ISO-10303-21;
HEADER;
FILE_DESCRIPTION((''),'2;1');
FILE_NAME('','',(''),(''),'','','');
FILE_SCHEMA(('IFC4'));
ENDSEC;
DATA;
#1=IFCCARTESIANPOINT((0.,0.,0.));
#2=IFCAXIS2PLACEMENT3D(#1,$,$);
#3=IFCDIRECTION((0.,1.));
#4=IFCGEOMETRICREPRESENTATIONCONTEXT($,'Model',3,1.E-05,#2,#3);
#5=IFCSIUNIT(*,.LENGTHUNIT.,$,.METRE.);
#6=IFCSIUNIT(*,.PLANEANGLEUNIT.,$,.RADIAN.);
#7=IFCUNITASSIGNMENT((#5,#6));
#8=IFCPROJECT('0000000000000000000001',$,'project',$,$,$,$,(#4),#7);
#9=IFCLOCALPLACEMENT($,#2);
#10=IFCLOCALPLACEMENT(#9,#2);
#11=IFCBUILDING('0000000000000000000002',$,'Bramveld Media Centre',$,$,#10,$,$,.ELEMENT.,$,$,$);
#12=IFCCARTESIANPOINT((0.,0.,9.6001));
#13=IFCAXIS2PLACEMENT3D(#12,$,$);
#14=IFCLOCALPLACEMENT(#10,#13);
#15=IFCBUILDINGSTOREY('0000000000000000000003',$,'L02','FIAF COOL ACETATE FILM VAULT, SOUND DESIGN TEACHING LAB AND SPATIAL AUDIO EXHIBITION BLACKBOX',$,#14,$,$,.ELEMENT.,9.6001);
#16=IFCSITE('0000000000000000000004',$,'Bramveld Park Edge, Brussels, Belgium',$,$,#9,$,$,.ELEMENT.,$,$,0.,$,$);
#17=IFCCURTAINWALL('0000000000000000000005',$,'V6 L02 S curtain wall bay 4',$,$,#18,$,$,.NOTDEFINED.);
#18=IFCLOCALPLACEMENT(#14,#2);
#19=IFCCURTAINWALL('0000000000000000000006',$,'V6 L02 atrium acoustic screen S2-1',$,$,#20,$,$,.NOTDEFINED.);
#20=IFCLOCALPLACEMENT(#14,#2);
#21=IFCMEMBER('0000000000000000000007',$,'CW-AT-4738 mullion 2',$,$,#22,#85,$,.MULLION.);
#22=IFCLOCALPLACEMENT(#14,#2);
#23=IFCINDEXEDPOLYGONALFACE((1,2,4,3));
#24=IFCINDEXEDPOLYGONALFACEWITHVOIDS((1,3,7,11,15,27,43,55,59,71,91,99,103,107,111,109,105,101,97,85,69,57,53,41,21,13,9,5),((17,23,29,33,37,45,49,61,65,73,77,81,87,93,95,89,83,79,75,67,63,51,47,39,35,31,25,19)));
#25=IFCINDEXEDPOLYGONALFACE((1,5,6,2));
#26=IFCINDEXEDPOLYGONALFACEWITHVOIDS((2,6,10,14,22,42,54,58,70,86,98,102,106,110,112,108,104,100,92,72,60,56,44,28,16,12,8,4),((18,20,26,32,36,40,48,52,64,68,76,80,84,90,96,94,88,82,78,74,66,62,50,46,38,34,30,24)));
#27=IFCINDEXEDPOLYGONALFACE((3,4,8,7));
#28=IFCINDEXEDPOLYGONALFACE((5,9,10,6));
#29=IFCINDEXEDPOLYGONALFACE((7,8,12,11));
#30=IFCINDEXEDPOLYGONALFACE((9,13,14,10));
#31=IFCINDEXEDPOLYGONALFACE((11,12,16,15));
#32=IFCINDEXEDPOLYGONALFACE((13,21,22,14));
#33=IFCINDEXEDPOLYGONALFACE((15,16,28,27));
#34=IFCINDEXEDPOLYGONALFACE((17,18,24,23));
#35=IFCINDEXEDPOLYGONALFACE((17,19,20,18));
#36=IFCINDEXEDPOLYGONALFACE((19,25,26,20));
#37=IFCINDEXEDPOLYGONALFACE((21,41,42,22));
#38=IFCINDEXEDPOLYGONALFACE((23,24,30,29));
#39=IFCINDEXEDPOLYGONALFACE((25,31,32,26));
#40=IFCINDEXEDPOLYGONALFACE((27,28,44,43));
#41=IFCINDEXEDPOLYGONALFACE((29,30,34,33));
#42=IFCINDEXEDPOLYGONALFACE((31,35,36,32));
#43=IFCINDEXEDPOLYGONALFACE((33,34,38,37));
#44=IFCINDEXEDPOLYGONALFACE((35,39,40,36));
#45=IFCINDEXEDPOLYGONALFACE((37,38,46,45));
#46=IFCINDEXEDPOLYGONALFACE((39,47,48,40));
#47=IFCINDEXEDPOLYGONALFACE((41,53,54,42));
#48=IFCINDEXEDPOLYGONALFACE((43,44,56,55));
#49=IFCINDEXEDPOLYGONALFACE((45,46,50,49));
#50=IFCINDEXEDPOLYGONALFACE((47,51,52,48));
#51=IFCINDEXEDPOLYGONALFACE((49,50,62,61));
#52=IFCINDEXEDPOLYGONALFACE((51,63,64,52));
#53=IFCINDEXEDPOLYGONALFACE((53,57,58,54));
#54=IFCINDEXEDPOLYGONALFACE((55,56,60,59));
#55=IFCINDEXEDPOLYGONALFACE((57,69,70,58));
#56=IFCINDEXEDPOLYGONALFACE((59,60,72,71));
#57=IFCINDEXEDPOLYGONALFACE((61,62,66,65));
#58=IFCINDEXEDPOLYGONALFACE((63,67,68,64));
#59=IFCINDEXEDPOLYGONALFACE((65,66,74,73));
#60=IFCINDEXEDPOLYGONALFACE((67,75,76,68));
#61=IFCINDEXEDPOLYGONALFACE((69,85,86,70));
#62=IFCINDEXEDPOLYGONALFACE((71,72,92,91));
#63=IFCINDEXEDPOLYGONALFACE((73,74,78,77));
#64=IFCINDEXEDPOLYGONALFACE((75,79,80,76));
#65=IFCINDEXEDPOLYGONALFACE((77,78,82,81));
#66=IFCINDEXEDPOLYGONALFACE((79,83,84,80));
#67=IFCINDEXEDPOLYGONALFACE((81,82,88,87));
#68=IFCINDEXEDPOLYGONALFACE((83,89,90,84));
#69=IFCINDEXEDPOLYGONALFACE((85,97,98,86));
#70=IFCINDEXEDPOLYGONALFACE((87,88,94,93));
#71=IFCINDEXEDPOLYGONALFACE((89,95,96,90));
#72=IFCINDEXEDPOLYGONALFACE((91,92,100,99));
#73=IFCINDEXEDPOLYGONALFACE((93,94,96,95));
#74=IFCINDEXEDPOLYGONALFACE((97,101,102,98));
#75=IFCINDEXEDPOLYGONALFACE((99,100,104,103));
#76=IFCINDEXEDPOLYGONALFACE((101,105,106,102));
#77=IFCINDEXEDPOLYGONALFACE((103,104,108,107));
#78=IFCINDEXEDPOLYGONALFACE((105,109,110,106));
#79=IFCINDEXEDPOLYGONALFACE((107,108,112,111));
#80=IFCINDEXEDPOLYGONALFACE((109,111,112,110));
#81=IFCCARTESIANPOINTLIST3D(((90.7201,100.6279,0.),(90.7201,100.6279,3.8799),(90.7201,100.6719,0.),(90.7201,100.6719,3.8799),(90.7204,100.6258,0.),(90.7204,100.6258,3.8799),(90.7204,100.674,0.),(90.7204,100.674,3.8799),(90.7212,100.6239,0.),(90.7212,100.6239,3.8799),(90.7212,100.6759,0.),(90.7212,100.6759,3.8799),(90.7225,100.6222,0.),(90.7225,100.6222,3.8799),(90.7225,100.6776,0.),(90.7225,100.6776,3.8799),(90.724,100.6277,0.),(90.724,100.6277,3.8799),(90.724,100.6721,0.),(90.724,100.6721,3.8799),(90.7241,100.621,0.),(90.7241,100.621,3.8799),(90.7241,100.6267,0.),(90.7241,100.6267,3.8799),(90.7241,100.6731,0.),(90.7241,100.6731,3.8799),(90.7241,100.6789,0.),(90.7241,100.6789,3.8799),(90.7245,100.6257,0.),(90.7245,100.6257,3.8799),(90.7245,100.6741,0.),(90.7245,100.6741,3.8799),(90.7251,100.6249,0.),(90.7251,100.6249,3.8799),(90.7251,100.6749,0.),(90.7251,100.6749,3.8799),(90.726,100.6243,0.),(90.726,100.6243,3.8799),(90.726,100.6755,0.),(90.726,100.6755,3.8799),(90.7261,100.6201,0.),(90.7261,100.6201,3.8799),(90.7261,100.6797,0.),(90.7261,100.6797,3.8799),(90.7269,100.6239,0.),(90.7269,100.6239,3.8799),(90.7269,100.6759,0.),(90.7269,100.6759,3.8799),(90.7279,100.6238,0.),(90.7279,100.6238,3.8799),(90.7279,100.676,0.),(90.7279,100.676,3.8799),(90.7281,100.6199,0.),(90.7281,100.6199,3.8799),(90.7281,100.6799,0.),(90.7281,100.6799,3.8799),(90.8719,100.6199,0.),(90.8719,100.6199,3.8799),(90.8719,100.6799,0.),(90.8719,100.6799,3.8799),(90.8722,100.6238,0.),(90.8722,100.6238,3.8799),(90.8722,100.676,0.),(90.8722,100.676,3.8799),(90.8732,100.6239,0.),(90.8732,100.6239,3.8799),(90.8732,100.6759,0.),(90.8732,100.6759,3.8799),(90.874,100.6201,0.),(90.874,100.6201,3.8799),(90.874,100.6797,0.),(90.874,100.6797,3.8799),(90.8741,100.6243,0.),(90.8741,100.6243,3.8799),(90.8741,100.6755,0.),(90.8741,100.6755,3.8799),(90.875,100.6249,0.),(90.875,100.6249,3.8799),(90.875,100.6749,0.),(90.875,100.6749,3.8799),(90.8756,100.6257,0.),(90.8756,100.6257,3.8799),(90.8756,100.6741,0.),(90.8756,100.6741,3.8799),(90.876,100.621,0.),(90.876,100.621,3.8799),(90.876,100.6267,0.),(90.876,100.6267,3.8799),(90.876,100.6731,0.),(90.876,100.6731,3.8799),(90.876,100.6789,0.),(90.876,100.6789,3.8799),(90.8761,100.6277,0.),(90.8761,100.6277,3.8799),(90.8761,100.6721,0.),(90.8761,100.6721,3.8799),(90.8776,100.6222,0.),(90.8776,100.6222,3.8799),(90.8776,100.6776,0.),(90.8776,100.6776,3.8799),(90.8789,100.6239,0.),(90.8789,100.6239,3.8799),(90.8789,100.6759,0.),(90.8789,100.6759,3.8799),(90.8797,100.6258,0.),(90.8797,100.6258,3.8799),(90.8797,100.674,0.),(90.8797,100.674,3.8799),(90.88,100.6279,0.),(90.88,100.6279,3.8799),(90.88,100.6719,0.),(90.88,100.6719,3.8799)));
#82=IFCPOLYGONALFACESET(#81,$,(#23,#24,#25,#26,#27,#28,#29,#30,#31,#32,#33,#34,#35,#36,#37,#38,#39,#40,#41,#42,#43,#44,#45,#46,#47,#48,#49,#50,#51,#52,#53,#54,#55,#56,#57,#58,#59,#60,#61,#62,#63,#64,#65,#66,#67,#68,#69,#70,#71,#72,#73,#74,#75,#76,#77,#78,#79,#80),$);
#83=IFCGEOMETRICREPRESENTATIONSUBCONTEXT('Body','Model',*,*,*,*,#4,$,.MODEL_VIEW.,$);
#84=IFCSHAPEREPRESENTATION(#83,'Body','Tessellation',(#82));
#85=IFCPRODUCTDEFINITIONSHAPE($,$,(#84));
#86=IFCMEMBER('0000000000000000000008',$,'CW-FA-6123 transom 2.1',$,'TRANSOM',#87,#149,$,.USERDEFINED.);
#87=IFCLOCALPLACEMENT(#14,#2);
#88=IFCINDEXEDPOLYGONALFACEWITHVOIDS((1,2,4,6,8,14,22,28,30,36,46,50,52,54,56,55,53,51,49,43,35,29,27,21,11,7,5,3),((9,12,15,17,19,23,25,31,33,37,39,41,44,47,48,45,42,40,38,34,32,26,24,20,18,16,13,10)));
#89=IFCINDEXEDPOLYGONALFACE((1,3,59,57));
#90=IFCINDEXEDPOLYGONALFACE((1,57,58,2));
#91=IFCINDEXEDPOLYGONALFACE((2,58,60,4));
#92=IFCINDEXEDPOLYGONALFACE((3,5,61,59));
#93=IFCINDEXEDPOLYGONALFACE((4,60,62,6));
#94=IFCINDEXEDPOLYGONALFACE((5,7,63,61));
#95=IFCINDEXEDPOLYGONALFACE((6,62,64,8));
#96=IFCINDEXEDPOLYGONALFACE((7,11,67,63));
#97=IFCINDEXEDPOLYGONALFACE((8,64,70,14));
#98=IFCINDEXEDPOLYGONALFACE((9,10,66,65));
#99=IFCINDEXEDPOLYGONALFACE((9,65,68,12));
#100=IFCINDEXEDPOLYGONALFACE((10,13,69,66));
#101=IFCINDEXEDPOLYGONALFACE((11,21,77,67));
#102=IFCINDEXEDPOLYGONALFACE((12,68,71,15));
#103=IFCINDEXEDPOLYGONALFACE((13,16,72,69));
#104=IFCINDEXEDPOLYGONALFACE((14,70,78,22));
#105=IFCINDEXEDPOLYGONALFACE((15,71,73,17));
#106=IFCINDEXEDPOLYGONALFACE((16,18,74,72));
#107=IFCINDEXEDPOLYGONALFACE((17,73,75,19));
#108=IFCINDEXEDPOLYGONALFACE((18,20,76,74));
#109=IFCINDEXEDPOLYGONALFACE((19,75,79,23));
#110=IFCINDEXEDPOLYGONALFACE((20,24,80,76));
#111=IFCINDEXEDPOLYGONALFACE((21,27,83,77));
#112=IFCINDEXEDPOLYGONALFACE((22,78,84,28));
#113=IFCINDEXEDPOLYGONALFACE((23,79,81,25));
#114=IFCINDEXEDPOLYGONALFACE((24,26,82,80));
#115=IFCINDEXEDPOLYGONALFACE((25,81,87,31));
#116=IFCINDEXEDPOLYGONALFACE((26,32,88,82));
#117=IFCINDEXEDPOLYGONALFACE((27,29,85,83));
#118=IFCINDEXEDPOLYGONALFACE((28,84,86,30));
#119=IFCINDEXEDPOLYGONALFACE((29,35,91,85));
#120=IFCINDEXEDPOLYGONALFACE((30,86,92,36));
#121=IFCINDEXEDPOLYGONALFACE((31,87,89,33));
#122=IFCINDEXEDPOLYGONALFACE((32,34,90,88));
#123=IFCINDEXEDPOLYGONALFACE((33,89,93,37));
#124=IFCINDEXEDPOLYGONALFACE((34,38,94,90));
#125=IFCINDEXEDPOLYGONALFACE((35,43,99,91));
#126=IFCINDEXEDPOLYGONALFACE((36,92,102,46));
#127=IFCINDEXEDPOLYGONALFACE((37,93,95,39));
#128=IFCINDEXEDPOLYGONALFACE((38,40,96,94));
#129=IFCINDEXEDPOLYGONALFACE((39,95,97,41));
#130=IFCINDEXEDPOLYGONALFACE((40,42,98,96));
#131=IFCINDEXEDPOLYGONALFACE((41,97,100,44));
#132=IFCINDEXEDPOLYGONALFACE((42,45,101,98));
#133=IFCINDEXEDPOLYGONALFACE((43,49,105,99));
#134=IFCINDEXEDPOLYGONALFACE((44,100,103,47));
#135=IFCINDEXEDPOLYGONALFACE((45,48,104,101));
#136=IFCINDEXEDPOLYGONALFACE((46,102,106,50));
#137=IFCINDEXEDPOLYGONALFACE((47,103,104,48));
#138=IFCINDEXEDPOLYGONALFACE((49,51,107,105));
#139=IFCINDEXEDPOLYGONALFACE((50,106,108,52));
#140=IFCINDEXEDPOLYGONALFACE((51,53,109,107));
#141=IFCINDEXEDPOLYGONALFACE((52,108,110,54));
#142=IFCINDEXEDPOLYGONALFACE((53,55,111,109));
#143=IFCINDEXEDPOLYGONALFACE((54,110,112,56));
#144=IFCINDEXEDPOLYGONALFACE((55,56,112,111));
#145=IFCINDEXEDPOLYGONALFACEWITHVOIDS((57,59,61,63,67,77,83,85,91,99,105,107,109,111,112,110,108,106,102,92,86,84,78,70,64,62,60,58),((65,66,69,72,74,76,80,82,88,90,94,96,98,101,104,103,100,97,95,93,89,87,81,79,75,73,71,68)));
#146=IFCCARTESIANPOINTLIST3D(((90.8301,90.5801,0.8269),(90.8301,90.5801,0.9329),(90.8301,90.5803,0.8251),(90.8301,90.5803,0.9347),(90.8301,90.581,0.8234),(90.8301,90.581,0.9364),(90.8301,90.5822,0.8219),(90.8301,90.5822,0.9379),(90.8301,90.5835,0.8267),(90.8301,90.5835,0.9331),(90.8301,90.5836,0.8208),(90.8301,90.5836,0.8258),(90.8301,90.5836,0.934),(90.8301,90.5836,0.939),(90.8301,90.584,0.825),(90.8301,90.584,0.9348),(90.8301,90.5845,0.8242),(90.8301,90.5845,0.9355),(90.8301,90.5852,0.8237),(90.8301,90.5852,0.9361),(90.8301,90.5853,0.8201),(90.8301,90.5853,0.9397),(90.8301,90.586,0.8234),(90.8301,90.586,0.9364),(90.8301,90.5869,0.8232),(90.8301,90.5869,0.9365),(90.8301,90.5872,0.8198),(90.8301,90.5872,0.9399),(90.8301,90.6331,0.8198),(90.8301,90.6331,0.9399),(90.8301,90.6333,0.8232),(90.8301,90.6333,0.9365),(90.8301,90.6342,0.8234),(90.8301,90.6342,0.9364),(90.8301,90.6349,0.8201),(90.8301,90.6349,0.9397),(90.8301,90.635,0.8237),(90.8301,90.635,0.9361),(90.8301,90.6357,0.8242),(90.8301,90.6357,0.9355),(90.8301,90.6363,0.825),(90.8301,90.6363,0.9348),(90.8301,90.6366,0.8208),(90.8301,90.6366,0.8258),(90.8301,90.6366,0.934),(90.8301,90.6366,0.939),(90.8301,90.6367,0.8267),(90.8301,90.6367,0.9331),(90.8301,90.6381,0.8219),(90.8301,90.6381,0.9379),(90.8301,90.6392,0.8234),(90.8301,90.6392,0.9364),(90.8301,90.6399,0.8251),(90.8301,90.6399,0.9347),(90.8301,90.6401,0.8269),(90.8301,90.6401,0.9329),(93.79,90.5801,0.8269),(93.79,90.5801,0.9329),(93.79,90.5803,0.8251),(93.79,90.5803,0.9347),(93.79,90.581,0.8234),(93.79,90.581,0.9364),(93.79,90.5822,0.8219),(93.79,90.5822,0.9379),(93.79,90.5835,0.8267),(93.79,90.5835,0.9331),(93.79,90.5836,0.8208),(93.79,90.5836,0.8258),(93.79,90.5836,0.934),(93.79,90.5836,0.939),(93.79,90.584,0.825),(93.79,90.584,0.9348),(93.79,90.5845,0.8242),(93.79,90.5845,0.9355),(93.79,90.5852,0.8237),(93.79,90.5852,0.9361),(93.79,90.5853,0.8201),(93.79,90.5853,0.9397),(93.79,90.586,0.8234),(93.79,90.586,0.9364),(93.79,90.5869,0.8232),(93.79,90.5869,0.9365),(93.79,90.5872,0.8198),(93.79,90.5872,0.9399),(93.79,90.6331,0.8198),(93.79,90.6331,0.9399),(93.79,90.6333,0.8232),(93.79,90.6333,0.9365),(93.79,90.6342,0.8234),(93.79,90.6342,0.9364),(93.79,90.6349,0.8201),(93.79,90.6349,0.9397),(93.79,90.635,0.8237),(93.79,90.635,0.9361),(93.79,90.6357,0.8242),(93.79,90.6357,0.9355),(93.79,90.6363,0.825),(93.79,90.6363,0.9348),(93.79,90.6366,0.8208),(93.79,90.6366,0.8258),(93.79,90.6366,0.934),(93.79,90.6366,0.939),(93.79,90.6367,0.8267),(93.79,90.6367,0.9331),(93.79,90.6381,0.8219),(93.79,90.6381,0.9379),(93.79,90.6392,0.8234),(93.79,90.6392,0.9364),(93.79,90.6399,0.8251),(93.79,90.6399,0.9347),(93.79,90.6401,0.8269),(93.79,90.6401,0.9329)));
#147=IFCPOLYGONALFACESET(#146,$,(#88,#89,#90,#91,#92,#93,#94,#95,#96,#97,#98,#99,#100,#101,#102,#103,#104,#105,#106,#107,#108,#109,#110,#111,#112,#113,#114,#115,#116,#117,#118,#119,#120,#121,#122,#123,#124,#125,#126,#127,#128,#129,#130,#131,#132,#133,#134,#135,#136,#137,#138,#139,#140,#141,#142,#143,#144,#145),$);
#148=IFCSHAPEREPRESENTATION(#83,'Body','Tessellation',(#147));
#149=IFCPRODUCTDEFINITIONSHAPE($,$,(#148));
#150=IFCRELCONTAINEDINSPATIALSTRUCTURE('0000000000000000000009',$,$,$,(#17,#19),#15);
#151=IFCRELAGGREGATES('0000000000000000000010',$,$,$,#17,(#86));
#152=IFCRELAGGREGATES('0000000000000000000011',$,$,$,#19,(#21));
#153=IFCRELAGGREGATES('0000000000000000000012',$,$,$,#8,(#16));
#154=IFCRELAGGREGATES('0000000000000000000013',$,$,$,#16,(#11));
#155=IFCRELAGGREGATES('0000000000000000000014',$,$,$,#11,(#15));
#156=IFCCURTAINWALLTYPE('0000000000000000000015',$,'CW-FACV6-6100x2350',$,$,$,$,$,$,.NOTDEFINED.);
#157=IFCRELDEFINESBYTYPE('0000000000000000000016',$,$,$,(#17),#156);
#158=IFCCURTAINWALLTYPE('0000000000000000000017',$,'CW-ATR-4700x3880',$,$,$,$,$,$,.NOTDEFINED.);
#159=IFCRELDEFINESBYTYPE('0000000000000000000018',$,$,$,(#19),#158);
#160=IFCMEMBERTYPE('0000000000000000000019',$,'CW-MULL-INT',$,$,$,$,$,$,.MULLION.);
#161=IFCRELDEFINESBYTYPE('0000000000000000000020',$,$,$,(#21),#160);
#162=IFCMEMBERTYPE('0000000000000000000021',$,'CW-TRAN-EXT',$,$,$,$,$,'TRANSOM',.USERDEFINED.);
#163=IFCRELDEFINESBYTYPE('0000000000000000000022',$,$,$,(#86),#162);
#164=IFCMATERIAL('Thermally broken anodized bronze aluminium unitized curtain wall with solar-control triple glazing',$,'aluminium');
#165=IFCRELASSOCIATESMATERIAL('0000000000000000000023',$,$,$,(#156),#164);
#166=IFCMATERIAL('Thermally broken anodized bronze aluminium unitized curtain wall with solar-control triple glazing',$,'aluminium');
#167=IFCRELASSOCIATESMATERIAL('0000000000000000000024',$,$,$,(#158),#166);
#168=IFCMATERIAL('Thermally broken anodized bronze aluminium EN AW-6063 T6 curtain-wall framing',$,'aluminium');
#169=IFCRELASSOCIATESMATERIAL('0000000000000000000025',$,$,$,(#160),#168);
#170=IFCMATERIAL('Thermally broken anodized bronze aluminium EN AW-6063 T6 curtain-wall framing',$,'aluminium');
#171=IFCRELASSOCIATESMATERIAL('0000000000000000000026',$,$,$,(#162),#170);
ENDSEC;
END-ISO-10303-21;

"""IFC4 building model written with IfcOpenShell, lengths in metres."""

from ifc_helpers import new_model, si_unit, direction, frame, origin, origin_2d, place, context, subcontext, project, spatial, hollow_rectangle, extrude, material, material_profile, profile_set, type_object, element, aggregate, save


model = new_model("IFC4")

# Units and contexts
model_context = context("Model", 3, precision=1e-05, world=origin(), true_north=direction((0.0, 1.0)))
body_context = subcontext(model_context, "Body", "Model", "MODEL_VIEW")
ifc_project = project(units=[si_unit("LENGTHUNIT", "METRE"), si_unit("PLANEANGLEUNIT", "RADIAN")], contexts=[model_context])

# Site, building, storey
site_placement = place(None, origin())
site = spatial("IfcSite", under=ifc_project, at=site_placement, Name="Bramveld Park Edge, Brussels, Belgium", CompositionType="ELEMENT", RefElevation=0.0)
building_placement = place(site_placement, origin())
building = spatial("IfcBuilding", under=site, at=building_placement, Name="Bramveld Media Centre", CompositionType="ELEMENT")
storey_placement = place(building_placement, frame((0.0, 0.0, 9.6001)))
storey = spatial("IfcBuildingStorey", under=building, at=storey_placement, Name="L02", Description="FIAF COOL ACETATE FILM VAULT, SOUND DESIGN TEACHING LAB AND SPATIAL AUDIO EXHIBITION BLACKBOX", CompositionType="ELEMENT", Elevation=9.6001)

# Curtain wall
ifc_material_1 = material(Name="Thermally broken anodized bronze aluminium unitized curtain wall with solar-control triple glazing", Category="aluminium")
curtain_wall_type_1 = type_object("IfcCurtainWallType", Name="CW-FACV6-6100x2350", PredefinedType="NOTDEFINED", material=ifc_material_1)
curtain_wall_1_placement = place(storey_placement, origin())
curtain_wall_1 = element("IfcCurtainWall", 1, at=curtain_wall_1_placement, inside=storey, type_object=curtain_wall_type_1, Name="V6 L02 S curtain wall bay 4", PredefinedType="NOTDEFINED")

# Curtain wall, member
ifc_material_2 = material(Name="Thermally broken anodized bronze aluminium unitized curtain wall with solar-control triple glazing", Category="aluminium")
curtain_wall_type_2 = type_object("IfcCurtainWallType", Name="CW-ATR-4700x3880", PredefinedType="NOTDEFINED", material=ifc_material_2)
curtain_wall_2_placement = place(storey_placement, origin())
curtain_wall_2 = element("IfcCurtainWall", 2, at=curtain_wall_2_placement, inside=storey, type_object=curtain_wall_type_2, Name="V6 L02 atrium acoustic screen S2-1", PredefinedType="NOTDEFINED")
ifc_material_3 = material(Name="Thermally broken anodized bronze aluminium EN AW-6063 T6 curtain-wall framing", Category="aluminium")
ifc_material_profile_1 = material_profile(ifc_material_3, hollow_rectangle(XDim=0.0601, YDim=0.1599, WallThickness=0.0039, InnerFilletRadius=0.0039, OuterFilletRadius=0.0081, at=origin_2d()), Name="AL-MULL 60x160")
ifc_profile_set_1 = profile_set([ifc_material_profile_1], Name="Thermally broken anodized bronze aluminium EN AW-6063 T6 curtain-wall framing")
member_type_1 = type_object("IfcMemberType", Name="CW-MULL-INT", PredefinedType="MULLION", material=ifc_profile_set_1)
member_1_placement = place(storey_placement, frame((90.8, 100.6499, 0.0), z_axis=(0.0, 0.0, 1.0), x_axis=(0.0, 1.0, 0.0)))
member_1 = element("IfcMember", 3, at=member_1_placement, type_object=member_type_1, Name="CW-AT-4738 mullion 2", PredefinedType="MULLION", context=body_context, shape_type="SweptSolid", body=[
    extrude(hollow_rectangle(XDim=0.0601, YDim=0.1599, WallThickness=0.0039, InnerFilletRadius=0.0039, OuterFilletRadius=0.0081, at=origin_2d()), origin(), (0.0, 0.0, 1.0), 3.8799),
])

# Member
ifc_material_4 = material(Name="Thermally broken anodized bronze aluminium EN AW-6063 T6 curtain-wall framing", Category="aluminium")
ifc_material_profile_2 = material_profile(ifc_material_4, hollow_rectangle(XDim=0.0601, YDim=0.1201, WallThickness=0.0034, InnerFilletRadius=0.0034, OuterFilletRadius=0.0071, at=origin_2d()), Name="AL-TRAN 60x120")
ifc_profile_set_2 = profile_set([ifc_material_profile_2], Name="Thermally broken anodized bronze aluminium EN AW-6063 T6 curtain-wall framing")
member_type_2 = type_object("IfcMemberType", Name="CW-TRAN-EXT", ElementType="TRANSOM", PredefinedType="USERDEFINED", material=ifc_profile_set_2)
member_2_placement = place(storey_placement, frame((90.8301, 90.6101, 0.8799), z_axis=(1.0, 0.0, 0.0), x_axis=(0.0, 1.0, 0.0)))
member_2 = element("IfcMember", 4, at=member_2_placement, type_object=member_type_2, Name="CW-FA-6123 transom 2.1", ObjectType="TRANSOM", PredefinedType="USERDEFINED", context=body_context, shape_type="SweptSolid", body=[
    extrude(hollow_rectangle(XDim=0.0601, YDim=0.1201, WallThickness=0.0034, InnerFilletRadius=0.0034, OuterFilletRadius=0.0071, at=origin_2d()), origin(), (0.0, 0.0, 1.0), 2.96),
])

aggregate(curtain_wall_1, [member_2])
aggregate(curtain_wall_2, [member_1])

save(model, "model.ifc")
